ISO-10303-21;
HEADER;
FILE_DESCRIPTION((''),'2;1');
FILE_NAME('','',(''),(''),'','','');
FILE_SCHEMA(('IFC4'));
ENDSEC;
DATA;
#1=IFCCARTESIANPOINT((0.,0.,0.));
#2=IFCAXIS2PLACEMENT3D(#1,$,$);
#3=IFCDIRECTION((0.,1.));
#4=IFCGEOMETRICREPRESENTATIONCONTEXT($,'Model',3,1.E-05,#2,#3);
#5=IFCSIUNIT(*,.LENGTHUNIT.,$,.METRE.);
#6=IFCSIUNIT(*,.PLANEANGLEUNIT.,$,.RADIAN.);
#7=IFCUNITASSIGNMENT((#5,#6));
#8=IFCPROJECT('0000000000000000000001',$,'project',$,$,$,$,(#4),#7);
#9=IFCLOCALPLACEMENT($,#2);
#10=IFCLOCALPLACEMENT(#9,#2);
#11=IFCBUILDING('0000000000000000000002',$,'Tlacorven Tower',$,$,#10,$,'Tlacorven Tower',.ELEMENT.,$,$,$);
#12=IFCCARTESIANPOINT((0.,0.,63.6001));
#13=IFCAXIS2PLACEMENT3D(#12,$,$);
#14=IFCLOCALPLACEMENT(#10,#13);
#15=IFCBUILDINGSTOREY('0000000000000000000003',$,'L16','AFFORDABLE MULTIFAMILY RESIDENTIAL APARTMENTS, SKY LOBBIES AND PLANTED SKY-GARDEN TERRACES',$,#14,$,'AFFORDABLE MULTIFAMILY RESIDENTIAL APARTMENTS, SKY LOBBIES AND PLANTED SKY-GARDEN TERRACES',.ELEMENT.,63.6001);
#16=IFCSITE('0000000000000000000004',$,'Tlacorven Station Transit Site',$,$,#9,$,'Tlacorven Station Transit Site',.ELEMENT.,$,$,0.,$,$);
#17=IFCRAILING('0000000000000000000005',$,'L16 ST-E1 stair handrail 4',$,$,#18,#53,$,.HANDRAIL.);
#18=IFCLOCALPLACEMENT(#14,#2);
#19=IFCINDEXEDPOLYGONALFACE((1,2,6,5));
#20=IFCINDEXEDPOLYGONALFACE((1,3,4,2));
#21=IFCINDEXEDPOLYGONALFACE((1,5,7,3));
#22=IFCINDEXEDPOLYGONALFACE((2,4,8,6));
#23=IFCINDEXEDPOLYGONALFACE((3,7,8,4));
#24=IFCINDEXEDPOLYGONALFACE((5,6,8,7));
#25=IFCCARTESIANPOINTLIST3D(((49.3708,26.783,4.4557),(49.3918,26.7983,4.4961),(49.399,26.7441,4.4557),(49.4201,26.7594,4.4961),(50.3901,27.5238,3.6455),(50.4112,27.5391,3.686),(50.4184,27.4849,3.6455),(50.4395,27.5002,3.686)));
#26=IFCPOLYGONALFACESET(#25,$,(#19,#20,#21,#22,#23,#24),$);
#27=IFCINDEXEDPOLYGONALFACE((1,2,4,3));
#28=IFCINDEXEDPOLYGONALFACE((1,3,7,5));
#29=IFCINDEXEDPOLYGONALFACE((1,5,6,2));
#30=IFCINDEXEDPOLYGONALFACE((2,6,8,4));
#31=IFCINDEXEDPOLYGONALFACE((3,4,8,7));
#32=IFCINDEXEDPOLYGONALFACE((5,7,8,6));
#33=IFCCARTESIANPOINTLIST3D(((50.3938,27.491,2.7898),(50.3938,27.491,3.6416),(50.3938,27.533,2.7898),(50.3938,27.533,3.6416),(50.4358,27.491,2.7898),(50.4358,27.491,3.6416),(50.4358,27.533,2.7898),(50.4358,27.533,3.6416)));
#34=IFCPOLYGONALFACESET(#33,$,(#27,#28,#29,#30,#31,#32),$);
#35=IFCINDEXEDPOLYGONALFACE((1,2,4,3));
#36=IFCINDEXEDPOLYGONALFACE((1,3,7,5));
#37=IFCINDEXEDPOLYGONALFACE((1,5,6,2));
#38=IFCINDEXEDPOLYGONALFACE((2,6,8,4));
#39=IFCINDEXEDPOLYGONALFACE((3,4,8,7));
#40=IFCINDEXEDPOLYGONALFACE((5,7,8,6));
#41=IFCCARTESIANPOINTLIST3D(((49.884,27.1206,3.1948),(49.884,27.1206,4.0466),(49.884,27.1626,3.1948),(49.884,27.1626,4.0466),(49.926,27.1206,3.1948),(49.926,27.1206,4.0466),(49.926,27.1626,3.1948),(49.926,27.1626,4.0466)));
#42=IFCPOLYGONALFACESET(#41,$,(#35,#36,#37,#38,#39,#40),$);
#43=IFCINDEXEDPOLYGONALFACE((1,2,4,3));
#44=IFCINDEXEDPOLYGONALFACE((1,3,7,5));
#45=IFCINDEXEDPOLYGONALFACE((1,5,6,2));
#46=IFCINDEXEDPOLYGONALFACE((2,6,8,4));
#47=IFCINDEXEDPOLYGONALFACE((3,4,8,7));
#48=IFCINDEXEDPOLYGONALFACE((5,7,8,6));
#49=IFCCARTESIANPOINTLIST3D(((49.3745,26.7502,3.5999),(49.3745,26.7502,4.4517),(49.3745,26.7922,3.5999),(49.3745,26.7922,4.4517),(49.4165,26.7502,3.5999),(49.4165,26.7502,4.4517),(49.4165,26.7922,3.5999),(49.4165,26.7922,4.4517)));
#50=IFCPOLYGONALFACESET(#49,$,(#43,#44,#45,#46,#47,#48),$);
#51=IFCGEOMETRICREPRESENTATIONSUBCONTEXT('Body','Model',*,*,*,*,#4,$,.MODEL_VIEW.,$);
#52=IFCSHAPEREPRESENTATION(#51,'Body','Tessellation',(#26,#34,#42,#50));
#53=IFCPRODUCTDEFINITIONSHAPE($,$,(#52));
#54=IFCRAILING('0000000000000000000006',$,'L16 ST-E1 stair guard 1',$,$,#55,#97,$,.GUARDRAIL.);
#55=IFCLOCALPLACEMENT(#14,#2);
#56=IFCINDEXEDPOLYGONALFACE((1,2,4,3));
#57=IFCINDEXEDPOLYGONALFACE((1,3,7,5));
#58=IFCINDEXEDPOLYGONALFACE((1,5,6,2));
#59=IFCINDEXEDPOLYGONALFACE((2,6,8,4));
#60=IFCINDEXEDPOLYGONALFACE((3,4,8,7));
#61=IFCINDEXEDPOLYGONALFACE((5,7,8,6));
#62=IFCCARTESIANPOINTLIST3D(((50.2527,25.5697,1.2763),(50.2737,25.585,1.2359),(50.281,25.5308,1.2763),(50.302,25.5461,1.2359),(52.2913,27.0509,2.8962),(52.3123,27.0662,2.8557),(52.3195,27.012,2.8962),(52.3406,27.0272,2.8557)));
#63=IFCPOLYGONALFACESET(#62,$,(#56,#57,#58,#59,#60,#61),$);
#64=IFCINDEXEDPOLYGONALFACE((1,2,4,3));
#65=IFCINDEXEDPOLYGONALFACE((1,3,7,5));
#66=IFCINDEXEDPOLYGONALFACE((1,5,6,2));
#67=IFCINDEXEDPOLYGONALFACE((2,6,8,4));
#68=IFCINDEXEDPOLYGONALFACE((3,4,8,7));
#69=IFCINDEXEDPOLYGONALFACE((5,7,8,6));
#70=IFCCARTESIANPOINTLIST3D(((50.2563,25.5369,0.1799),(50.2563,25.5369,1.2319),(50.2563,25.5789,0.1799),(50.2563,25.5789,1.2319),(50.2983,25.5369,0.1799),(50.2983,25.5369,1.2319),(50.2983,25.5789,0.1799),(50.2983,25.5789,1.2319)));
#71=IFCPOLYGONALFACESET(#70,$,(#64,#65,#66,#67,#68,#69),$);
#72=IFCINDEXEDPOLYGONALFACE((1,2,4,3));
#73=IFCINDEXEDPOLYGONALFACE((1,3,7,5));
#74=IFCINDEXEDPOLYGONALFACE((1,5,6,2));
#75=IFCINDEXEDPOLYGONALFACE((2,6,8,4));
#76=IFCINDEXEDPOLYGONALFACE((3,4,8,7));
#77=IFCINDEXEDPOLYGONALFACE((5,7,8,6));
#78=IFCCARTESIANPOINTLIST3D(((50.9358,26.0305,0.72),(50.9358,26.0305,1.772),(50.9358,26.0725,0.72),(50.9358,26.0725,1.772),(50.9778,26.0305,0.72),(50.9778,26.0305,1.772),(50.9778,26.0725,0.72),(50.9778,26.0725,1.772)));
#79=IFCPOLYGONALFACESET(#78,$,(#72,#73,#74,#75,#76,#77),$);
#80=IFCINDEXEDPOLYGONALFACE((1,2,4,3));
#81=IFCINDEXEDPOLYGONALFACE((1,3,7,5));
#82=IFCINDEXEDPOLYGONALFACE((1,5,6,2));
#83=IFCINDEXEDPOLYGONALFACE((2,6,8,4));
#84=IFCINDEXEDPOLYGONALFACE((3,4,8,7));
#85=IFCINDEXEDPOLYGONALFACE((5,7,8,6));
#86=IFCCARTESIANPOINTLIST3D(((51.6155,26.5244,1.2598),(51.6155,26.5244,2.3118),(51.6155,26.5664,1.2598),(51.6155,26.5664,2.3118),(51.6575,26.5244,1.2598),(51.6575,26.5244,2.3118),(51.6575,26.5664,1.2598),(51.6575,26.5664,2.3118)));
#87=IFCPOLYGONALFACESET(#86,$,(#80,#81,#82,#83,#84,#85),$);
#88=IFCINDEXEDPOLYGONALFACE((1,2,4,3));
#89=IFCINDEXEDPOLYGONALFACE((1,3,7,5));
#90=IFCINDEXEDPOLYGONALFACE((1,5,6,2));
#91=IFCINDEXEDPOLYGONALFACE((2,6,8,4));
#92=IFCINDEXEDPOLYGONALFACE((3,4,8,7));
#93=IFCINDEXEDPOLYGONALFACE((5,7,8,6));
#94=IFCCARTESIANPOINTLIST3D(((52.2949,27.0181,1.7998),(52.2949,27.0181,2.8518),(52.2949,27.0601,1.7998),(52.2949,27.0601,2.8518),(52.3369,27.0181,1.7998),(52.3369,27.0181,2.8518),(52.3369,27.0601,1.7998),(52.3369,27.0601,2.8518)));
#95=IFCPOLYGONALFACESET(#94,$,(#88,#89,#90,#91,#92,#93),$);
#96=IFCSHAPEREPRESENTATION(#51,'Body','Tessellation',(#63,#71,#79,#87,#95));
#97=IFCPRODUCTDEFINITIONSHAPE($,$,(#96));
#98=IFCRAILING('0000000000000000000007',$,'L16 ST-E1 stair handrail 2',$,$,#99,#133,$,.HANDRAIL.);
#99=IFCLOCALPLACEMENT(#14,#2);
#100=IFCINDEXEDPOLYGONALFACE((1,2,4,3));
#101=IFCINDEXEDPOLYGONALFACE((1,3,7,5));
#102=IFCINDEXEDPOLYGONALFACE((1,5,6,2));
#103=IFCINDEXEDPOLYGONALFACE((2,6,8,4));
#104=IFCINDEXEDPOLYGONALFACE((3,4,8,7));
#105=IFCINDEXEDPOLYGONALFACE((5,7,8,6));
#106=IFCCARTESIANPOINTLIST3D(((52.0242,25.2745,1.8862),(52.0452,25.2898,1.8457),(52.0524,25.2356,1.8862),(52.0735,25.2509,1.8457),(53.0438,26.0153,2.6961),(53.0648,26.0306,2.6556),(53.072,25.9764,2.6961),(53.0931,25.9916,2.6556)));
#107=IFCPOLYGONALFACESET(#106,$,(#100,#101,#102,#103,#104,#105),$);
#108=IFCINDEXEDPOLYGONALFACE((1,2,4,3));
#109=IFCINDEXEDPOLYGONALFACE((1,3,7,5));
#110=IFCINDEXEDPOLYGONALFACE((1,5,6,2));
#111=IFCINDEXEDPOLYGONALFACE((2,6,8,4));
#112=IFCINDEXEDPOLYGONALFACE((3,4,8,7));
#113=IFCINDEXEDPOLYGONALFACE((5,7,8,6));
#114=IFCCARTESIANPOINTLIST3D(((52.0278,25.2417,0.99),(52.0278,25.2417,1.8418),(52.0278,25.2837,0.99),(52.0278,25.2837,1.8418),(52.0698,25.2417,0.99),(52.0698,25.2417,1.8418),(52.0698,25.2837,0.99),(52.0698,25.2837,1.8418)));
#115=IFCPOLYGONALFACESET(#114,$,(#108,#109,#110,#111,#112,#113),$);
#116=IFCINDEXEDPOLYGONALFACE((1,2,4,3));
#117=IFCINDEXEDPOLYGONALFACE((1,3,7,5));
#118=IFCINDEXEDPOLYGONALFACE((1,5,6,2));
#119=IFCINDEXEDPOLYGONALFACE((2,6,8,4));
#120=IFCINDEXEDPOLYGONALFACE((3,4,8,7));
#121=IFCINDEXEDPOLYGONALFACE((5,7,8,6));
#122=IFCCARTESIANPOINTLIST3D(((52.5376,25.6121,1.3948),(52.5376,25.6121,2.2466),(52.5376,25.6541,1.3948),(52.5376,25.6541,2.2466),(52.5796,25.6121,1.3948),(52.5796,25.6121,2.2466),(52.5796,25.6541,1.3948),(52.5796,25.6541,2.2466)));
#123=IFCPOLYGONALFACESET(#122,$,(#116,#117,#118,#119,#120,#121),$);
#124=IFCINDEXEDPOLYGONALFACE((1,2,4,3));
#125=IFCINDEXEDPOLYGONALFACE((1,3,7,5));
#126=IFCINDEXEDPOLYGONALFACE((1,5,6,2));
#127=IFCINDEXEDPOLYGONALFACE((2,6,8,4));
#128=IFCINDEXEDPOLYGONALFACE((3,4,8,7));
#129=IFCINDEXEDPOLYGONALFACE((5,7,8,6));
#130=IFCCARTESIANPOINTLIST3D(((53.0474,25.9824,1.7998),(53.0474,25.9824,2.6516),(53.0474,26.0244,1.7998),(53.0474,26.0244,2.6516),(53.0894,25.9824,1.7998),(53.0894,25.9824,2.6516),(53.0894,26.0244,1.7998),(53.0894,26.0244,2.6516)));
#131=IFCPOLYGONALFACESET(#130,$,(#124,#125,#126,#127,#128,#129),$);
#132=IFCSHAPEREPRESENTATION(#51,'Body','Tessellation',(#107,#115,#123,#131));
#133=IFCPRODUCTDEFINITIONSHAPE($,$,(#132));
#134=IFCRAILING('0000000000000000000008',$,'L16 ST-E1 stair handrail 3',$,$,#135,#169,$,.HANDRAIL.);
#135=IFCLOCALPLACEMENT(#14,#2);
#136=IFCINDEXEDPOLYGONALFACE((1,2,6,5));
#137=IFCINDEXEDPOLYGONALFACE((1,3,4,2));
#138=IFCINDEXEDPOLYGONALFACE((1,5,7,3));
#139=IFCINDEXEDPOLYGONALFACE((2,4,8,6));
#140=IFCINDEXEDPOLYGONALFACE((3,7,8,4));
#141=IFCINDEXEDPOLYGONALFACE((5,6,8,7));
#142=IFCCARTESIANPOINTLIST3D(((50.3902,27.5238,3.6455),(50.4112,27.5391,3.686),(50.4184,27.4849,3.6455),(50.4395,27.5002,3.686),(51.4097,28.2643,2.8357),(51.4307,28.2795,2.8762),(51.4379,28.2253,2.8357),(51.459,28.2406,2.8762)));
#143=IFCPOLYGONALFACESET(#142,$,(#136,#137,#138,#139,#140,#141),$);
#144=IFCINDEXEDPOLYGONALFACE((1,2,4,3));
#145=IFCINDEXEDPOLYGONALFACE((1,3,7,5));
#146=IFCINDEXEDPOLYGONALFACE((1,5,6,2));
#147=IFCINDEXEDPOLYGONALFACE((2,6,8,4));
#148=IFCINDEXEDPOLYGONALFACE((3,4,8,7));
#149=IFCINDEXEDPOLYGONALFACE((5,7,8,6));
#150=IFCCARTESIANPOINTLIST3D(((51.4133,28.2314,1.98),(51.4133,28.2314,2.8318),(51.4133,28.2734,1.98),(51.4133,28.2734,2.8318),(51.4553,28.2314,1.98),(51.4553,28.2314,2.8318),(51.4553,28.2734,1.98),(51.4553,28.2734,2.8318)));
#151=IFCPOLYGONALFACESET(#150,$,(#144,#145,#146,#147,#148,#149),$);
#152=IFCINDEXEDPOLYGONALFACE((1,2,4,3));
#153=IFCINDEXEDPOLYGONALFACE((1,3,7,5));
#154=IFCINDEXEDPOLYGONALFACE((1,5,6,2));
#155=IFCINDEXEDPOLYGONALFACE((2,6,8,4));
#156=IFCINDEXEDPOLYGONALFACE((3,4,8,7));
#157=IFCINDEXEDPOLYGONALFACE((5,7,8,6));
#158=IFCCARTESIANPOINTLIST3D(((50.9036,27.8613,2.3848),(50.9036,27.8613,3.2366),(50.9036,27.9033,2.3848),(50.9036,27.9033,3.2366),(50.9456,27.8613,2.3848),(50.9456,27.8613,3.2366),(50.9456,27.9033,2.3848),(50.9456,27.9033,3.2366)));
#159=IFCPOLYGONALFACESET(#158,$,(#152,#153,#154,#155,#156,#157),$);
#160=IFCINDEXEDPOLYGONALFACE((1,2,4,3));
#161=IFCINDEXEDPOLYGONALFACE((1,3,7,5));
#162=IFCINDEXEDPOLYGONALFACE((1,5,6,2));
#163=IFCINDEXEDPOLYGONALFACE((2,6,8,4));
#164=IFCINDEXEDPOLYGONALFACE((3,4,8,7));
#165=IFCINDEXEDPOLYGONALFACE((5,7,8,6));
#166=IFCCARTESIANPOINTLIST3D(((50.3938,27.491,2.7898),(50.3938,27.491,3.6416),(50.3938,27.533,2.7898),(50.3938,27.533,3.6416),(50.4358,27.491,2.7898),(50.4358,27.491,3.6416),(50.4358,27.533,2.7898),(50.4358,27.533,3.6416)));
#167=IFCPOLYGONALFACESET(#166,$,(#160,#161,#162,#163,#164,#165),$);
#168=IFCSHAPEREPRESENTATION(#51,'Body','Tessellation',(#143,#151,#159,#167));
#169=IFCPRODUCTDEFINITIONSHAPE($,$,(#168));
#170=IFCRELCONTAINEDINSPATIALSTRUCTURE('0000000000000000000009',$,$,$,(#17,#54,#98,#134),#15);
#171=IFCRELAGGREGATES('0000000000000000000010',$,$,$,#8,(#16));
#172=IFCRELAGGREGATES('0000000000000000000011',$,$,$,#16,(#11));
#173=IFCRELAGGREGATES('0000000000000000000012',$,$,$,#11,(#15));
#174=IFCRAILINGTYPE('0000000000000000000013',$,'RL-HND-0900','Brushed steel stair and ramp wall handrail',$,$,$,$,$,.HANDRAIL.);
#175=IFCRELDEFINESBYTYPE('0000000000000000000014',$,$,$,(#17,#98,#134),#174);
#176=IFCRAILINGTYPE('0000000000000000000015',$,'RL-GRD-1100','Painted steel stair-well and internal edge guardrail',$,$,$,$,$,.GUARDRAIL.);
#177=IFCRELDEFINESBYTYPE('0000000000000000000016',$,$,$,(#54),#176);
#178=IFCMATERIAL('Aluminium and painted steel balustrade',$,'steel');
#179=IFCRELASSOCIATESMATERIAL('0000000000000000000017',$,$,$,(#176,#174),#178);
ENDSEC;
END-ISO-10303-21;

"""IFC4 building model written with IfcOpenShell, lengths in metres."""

from ifc_helpers import new_model, si_unit, direction, frame, origin, origin_2d, place, context, subcontext, project, spatial, rectangle, extrude, source, transform, mapped, material, type_object, element, save


model = new_model("IFC4")

# Units and contexts
model_context = context("Model", 3, precision=1e-05, world=origin(), true_north=direction((0.0, 1.0)))
body_context = subcontext(model_context, "Body", "Model", "MODEL_VIEW")
ifc_project = project(units=[si_unit("LENGTHUNIT", "METRE"), si_unit("PLANEANGLEUNIT", "RADIAN")], contexts=[model_context])

# Site, building, storey
site_placement = place(None, origin())
site = spatial("IfcSite", under=ifc_project, at=site_placement, Name="Tlacorven Station Transit Site", LongName="Tlacorven Station Transit Site", CompositionType="ELEMENT", RefElevation=0.0)
building_placement = place(site_placement, origin())
building = spatial("IfcBuilding", under=site, at=building_placement, Name="Tlacorven Tower", LongName="Tlacorven Tower", CompositionType="ELEMENT")
storey_placement = place(building_placement, frame((0.0, 0.0, 63.6001)))
storey = spatial("IfcBuildingStorey", under=building, at=storey_placement, Name="L16", Description="AFFORDABLE MULTIFAMILY RESIDENTIAL APARTMENTS, SKY LOBBIES AND PLANTED SKY-GARDEN TERRACES", LongName="AFFORDABLE MULTIFAMILY RESIDENTIAL APARTMENTS, SKY LOBBIES AND PLANTED SKY-GARDEN TERRACES", CompositionType="ELEMENT", Elevation=63.6001)

# Railings
ifc_material_1 = material(Name="Aluminium and painted steel balustrade", Category="steel")
railing_type_1 = type_object("IfcRailingType", Name="RL-GRD-1100", Description="Painted steel stair-well and internal edge guardrail", PredefinedType="GUARDRAIL", material=ifc_material_1)
railing_type_2 = type_object("IfcRailingType", Name="RL-HND-0900", Description="Brushed steel stair and ramp wall handrail", PredefinedType="HANDRAIL", material=ifc_material_1)
shared_shape_1 = source(origin(), body_context, "Body", "SweptSolid", [
    extrude(rectangle(XDim=0.0481, YDim=0.0481, at=origin_2d()), frame((0.0, 0.0, 0.876), z_axis=(-0.680461, -0.494496, 0.540783), x_axis=(0.587872, -0.808954, 0.0)), (0.0, 0.0, 1.0), 1.498),
    extrude(rectangle(XDim=0.042, YDim=0.042, at=origin_2d()), origin(), (0.0, 0.0, 1.0), 0.8518),
    extrude(rectangle(XDim=0.042, YDim=0.042, at=origin_2d()), frame((-0.5098, -0.3704, 0.405)), (0.0, 0.0, 1.0), 0.8518),
    extrude(rectangle(XDim=0.042, YDim=0.042, at=origin_2d()), frame((-1.0193, -0.7407, 0.8101)), (0.0, 0.0, 1.0), 0.8518),
])
railing_1_placement = place(storey_placement, frame((50.4148, 27.512, 2.7898)))
element("IfcRailing", 1, at=railing_1_placement, inside=storey, type_object=railing_type_2, Name="L16 ST-E1 stair handrail 4", PredefinedType="HANDRAIL", context=body_context, shape_type="MappedRepresentation", body=[
    mapped(shared_shape_1, transform((0.0, 0.0, 0.0), scale=1.0)),
])
shared_shape_2 = source(origin(), body_context, "Body", "SweptSolid", [
    extrude(rectangle(XDim=0.0481, YDim=0.0481, at=origin_2d()), frame((0.0, 0.0, 1.0762), z_axis=(0.680519, 0.494456, 0.540747), x_axis=(-0.587809, 0.809, 0.0)), (0.0, 0.0, 1.0), 2.9956),
    extrude(rectangle(XDim=0.042, YDim=0.042, at=origin_2d()), origin(), (0.0, 0.0, 1.0), 1.052),
    extrude(rectangle(XDim=0.042, YDim=0.042, at=origin_2d()), frame((0.6794, 0.4937, 0.54)), (0.0, 0.0, 1.0), 1.052),
    extrude(rectangle(XDim=0.042, YDim=0.042, at=origin_2d()), frame((1.3591, 0.9875, 1.0798)), (0.0, 0.0, 1.0), 1.052),
    extrude(rectangle(XDim=0.042, YDim=0.042, at=origin_2d()), frame((2.0386, 1.4812, 1.6199)), (0.0, 0.0, 1.0), 1.052),
])
railing_2_placement = place(storey_placement, frame((50.2773, 25.5579, 0.1799)))
element("IfcRailing", 2, at=railing_2_placement, inside=storey, type_object=railing_type_1, Name="L16 ST-E1 stair guard 1", PredefinedType="GUARDRAIL", context=body_context, shape_type="MappedRepresentation", body=[
    mapped(shared_shape_2, transform((0.0, 0.0, 0.0), scale=1.0)),
])
shared_shape_3 = source(origin(), body_context, "Body", "SweptSolid", [
    extrude(rectangle(XDim=0.0481, YDim=0.0481, at=origin_2d()), frame((0.0, 0.0, 0.876), z_axis=(0.680609, 0.494484, 0.540608), x_axis=(-0.58778, 0.809021, 0.0)), (0.0, 0.0, 1.0), 1.498),
    extrude(rectangle(XDim=0.042, YDim=0.042, at=origin_2d()), origin(), (0.0, 0.0, 1.0), 0.8518),
    extrude(rectangle(XDim=0.042, YDim=0.042, at=origin_2d()), frame((0.5098, 0.3704, 0.4048)), (0.0, 0.0, 1.0), 0.8518),
    extrude(rectangle(XDim=0.042, YDim=0.042, at=origin_2d()), frame((1.0195, 0.7407, 0.8098)), (0.0, 0.0, 1.0), 0.8518),
])
railing_3_placement = place(storey_placement, frame((52.0488, 25.2627, 0.99)))
element("IfcRailing", 3, at=railing_3_placement, inside=storey, type_object=railing_type_2, Name="L16 ST-E1 stair handrail 2", PredefinedType="HANDRAIL", context=body_context, shape_type="MappedRepresentation", body=[
    mapped(shared_shape_3, transform((0.0, 0.0, 0.0), scale=1.0)),
])
shared_shape_4 = source(origin(), body_context, "Body", "SweptSolid", [
    extrude(rectangle(XDim=0.0481, YDim=0.0481, at=origin_2d()), frame((0.0, 0.0, 0.876), z_axis=(-0.680664, -0.494361, 0.540652), x_axis=(0.587653, -0.809113, 0.0)), (0.0, 0.0, 1.0), 1.4978),
    extrude(rectangle(XDim=0.042, YDim=0.042, at=origin_2d()), origin(), (0.0, 0.0, 1.0), 0.8518),
    extrude(rectangle(XDim=0.042, YDim=0.042, at=origin_2d()), frame((-0.5098, -0.3701, 0.4048)), (0.0, 0.0, 1.0), 0.8518),
    extrude(rectangle(XDim=0.042, YDim=0.042, at=origin_2d()), frame((-1.0195, -0.7405, 0.8098)), (0.0, 0.0, 1.0), 0.8518),
])
railing_4_placement = place(storey_placement, frame((51.4343, 28.2524, 1.98)))
element("IfcRailing", 4, at=railing_4_placement, inside=storey, type_object=railing_type_2, Name="L16 ST-E1 stair handrail 3", PredefinedType="HANDRAIL", context=body_context, shape_type="MappedRepresentation", body=[
    mapped(shared_shape_4, transform((0.0, 0.0, 0.0), scale=1.0)),
])

save(model, "model.ifc")
